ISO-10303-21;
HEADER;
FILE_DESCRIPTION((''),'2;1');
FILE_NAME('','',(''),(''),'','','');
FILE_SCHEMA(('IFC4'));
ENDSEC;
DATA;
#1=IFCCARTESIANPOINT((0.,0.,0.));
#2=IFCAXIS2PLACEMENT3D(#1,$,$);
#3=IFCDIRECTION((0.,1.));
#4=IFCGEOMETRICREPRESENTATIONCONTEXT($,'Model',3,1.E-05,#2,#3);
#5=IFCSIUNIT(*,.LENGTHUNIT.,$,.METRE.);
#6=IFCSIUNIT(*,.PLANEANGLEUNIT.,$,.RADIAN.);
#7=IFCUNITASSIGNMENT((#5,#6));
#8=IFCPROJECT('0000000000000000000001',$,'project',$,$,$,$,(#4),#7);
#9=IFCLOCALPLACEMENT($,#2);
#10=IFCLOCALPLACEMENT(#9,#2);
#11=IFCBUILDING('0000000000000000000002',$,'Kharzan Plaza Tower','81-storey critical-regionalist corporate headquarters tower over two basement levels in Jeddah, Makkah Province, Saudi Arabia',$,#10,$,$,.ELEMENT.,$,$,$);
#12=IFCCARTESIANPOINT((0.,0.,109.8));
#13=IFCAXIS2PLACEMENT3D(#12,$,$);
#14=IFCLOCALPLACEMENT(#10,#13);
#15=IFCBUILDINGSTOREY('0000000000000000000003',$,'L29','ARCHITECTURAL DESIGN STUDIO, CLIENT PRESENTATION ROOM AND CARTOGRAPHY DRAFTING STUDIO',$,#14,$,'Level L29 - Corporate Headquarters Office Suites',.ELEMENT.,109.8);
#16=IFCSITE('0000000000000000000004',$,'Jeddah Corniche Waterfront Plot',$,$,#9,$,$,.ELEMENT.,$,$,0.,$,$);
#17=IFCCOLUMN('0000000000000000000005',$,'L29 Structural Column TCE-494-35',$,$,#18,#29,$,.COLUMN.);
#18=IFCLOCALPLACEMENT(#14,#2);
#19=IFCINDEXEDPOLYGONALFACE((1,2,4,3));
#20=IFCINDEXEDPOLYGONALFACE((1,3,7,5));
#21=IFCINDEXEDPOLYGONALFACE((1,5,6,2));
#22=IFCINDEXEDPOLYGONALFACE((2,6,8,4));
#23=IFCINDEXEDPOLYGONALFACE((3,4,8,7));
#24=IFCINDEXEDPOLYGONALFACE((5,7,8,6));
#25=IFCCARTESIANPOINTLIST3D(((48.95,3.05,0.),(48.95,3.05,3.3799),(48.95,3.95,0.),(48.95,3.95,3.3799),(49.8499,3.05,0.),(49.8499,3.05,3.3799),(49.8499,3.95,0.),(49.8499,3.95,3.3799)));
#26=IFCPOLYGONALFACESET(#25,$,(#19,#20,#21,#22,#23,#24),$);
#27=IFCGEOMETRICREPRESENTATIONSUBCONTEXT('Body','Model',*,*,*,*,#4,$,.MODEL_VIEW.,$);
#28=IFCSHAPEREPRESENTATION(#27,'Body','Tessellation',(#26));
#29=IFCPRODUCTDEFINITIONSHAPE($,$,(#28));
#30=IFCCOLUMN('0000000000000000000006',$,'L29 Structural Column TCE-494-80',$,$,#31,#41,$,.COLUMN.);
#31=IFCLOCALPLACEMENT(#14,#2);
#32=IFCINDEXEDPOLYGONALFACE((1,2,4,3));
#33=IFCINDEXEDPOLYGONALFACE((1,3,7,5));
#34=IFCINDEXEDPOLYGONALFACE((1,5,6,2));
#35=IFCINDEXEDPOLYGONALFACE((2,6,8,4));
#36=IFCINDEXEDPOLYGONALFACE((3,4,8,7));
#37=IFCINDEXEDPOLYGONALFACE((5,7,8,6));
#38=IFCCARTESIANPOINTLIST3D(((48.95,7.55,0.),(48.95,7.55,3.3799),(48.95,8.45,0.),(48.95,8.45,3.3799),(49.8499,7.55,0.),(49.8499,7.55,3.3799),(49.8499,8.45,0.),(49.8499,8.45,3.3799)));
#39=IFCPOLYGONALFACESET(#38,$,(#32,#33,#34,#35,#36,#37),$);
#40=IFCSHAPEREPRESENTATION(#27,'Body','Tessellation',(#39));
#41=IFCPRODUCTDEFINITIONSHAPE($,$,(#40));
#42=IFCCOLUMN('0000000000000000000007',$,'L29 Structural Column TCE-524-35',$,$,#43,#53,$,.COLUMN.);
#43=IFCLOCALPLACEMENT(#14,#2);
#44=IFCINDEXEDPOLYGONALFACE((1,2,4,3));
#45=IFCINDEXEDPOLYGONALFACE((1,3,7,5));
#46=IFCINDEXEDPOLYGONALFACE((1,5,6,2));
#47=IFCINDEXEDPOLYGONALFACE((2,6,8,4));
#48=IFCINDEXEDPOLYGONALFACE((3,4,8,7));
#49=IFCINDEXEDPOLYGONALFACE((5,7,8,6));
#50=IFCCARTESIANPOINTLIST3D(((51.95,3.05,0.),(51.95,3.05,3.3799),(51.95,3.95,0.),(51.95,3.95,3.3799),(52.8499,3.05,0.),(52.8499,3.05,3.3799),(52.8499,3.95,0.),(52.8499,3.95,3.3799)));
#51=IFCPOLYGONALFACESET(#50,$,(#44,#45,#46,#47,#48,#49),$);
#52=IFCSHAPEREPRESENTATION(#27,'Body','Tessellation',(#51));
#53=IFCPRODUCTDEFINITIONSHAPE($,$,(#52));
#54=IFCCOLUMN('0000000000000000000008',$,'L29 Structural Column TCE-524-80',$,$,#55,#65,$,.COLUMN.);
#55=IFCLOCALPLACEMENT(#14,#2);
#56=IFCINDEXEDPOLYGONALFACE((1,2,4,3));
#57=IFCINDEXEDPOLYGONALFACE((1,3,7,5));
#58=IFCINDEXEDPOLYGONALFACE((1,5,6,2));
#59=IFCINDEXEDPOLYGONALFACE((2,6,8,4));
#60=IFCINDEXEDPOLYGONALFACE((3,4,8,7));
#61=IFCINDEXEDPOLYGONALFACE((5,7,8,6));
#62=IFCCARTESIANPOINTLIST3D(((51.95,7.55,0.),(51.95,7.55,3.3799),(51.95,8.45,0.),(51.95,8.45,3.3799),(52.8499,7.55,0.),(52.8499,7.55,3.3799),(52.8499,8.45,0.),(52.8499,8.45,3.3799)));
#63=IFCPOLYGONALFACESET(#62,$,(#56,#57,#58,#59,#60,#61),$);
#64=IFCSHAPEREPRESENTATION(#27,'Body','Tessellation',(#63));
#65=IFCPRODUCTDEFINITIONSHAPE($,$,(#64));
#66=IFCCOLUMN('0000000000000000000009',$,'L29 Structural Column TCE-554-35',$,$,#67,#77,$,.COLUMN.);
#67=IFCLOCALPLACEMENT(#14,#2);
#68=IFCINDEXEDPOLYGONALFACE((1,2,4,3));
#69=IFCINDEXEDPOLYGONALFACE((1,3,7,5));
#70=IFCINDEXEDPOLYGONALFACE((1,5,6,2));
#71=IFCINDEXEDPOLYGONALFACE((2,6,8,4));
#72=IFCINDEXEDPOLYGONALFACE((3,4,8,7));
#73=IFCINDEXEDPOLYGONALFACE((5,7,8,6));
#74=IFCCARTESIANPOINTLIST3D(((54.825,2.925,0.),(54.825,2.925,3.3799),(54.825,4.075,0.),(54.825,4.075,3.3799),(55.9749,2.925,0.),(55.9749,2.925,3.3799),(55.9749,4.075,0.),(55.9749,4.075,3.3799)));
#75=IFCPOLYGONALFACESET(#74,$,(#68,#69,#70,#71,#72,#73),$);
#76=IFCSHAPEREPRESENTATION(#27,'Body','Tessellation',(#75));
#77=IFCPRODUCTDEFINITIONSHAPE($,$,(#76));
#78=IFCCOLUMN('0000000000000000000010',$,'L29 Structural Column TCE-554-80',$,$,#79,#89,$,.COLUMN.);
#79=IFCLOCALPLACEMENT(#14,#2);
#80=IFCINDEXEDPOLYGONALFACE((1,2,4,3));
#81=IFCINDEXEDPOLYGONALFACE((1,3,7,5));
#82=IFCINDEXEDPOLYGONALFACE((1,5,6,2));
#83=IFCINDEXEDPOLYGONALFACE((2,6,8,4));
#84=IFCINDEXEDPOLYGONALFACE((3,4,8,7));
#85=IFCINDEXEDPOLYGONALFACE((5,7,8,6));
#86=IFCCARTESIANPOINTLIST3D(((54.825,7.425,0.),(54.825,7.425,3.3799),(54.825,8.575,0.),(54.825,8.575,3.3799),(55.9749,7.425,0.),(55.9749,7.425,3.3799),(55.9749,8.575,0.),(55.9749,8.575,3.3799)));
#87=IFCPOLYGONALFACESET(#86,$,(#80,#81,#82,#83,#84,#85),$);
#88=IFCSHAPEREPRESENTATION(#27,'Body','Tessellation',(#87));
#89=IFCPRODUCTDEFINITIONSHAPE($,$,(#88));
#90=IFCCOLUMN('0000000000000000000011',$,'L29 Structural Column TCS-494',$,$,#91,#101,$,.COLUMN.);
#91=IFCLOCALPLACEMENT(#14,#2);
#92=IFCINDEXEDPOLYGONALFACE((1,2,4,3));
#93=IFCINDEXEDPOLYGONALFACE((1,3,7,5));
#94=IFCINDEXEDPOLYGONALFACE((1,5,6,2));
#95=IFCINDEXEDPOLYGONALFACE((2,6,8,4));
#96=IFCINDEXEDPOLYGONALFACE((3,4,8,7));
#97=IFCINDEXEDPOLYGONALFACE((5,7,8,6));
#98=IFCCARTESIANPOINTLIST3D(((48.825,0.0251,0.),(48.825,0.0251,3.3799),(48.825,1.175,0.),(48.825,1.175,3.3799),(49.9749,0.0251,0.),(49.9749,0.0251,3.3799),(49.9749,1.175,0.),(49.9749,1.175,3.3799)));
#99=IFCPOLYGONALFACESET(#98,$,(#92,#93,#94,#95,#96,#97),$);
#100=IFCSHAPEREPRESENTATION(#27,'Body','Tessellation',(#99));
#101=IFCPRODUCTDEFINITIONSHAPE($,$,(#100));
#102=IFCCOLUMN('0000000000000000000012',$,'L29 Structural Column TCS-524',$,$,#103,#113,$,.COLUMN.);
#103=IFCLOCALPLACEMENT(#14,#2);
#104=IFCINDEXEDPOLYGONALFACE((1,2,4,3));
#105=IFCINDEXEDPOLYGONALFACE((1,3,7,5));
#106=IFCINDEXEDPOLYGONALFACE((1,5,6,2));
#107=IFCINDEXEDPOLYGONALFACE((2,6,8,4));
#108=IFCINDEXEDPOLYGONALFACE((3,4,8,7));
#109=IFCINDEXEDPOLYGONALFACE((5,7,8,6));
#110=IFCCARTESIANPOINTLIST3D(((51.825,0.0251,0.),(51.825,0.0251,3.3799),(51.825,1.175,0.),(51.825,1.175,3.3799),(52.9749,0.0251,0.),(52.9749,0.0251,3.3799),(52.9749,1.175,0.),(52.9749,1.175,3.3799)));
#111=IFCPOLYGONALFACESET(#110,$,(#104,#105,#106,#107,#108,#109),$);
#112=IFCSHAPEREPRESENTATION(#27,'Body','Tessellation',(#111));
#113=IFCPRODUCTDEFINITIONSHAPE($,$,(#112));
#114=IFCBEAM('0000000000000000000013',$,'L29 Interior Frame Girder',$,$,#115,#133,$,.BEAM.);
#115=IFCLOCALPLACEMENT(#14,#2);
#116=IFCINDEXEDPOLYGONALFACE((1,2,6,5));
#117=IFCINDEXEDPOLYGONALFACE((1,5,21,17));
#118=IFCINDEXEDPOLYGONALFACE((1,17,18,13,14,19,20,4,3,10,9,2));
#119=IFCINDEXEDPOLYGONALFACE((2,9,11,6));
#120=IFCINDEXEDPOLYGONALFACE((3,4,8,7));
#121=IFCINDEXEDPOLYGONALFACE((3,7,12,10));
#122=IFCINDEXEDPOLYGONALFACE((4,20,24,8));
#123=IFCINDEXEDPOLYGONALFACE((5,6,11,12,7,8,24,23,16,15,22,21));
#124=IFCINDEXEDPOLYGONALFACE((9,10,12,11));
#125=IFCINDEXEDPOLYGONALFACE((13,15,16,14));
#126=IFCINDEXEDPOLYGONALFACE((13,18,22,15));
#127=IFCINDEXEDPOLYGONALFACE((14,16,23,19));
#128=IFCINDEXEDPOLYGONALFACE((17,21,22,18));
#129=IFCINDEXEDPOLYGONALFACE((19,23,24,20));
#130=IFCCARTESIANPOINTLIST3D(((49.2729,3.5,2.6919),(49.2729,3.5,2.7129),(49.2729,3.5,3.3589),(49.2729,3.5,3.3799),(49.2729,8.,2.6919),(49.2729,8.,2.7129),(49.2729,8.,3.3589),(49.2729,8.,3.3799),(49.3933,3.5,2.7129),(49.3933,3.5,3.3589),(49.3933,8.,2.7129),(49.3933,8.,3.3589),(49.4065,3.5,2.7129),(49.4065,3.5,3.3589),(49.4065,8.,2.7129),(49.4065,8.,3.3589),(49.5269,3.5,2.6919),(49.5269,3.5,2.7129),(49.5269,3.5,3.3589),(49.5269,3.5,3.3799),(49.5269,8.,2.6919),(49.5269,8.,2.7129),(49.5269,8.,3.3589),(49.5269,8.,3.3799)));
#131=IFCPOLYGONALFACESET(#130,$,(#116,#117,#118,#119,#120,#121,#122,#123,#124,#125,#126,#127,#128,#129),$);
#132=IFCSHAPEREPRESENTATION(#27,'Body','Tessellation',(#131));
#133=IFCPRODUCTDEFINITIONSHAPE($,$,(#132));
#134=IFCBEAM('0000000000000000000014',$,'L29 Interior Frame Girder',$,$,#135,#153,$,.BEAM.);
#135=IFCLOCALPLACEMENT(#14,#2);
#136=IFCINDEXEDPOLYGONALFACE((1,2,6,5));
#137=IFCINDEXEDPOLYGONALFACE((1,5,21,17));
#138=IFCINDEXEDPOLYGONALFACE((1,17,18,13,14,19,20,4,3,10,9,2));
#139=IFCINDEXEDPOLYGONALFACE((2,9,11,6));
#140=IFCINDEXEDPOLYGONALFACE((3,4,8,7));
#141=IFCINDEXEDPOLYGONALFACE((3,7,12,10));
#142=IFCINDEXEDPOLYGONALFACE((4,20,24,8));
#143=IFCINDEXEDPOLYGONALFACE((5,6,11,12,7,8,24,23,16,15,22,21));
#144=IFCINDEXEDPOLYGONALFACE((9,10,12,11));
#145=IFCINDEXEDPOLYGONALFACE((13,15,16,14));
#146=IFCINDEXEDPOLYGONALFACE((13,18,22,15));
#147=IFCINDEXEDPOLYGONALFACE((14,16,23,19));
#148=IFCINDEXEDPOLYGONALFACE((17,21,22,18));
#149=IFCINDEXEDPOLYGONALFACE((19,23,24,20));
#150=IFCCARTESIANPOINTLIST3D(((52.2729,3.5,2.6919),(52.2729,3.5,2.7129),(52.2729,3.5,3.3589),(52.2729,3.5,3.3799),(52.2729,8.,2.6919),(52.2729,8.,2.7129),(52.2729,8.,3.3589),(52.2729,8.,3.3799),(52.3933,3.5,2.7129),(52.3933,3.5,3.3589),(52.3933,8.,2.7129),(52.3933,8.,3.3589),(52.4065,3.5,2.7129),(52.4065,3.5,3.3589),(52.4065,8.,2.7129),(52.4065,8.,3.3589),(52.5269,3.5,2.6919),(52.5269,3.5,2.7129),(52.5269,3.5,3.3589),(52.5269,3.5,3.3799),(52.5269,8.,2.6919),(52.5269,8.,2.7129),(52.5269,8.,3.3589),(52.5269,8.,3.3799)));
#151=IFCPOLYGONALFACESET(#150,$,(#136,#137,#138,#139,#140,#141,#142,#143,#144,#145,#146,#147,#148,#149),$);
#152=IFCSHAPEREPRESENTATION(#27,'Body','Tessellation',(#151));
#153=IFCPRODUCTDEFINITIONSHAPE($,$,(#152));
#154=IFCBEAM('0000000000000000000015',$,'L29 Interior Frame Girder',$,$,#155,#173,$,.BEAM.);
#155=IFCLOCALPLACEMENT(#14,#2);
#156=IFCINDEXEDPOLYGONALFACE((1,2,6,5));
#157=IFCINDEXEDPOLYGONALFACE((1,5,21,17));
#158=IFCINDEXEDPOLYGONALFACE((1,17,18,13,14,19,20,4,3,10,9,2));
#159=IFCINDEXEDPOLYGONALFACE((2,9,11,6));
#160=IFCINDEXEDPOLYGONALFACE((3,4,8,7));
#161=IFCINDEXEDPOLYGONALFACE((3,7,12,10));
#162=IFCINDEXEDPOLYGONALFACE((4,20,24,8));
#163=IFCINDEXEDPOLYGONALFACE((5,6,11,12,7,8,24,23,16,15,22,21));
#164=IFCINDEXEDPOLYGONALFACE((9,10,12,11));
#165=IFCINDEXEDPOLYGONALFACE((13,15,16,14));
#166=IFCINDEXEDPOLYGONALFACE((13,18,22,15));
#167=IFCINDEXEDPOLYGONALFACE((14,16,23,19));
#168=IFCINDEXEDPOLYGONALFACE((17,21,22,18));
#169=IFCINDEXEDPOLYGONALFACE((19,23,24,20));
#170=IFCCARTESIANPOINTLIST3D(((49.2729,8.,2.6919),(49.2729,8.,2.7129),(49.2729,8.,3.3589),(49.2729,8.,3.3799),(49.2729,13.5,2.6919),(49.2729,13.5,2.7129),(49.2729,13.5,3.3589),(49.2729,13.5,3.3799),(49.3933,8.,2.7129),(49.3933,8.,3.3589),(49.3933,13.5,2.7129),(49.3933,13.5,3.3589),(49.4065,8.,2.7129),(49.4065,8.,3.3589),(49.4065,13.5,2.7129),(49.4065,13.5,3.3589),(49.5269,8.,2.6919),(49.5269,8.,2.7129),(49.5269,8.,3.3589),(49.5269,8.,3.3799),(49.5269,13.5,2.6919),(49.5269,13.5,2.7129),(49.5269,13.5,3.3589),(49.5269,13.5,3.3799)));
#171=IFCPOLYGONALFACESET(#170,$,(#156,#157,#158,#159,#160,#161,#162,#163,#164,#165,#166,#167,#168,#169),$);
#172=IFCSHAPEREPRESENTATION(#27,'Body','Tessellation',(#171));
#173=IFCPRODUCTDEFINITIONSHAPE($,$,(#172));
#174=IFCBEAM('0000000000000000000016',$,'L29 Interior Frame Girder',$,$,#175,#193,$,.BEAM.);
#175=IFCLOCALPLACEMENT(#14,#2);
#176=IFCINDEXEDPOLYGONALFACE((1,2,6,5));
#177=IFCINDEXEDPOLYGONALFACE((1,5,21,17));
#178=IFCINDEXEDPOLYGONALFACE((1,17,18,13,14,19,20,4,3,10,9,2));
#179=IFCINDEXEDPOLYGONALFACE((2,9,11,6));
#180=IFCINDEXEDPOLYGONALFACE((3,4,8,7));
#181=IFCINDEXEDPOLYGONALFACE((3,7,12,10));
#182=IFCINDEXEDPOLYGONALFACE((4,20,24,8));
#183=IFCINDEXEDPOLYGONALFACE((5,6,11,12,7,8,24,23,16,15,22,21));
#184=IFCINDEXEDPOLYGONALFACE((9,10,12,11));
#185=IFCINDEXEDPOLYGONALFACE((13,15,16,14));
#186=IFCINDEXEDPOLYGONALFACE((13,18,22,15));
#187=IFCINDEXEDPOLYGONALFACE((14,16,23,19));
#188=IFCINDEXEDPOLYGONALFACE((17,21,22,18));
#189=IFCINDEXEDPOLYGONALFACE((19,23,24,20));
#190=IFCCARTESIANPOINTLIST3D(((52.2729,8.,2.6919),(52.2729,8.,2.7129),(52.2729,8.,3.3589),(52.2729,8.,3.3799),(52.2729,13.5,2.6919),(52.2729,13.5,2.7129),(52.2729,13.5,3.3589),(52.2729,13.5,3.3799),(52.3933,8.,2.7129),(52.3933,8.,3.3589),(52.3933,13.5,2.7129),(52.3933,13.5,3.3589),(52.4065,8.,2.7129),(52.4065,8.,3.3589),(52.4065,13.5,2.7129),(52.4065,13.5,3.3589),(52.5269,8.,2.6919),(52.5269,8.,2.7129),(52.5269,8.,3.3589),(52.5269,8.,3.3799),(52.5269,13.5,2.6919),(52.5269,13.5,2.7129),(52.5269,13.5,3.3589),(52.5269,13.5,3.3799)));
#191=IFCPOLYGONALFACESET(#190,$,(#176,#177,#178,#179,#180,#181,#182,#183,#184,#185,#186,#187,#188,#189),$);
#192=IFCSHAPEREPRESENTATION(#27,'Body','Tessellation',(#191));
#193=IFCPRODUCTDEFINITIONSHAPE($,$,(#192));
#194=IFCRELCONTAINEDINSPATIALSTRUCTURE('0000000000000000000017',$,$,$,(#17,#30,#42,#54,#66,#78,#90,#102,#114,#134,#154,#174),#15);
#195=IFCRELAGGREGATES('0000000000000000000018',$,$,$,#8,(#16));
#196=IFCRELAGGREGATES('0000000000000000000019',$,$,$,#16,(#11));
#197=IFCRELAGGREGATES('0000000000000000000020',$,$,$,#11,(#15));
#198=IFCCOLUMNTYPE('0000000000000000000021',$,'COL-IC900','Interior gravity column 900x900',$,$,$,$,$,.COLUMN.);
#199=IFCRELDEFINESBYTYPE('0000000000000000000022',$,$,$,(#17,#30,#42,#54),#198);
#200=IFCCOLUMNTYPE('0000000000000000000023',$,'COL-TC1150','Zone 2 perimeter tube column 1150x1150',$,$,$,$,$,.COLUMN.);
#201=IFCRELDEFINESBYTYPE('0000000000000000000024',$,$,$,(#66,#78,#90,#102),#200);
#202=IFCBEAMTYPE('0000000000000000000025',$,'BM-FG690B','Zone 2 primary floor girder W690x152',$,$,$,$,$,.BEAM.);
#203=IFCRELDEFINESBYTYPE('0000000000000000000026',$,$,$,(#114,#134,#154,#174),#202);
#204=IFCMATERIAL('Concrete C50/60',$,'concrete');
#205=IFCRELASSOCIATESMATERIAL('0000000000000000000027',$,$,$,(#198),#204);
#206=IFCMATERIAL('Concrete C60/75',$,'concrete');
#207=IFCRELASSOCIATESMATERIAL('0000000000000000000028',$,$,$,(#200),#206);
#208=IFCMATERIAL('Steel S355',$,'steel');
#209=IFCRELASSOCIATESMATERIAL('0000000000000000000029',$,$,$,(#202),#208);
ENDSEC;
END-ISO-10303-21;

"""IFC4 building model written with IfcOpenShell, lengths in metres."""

from ifc_helpers import new_model, si_unit, direction, frame, origin, origin_2d, place, context, subcontext, project, spatial, rectangle, i_section, extrude, source, transform, mapped, material, material_profile, profile_set, type_object, element, save


model = new_model("IFC4")

# Units and contexts
model_context = context("Model", 3, precision=1e-05, world=origin(), true_north=direction((0.0, 1.0)))
body_context = subcontext(model_context, "Body", "Model", "MODEL_VIEW")
ifc_project = project(units=[si_unit("LENGTHUNIT", "METRE"), si_unit("PLANEANGLEUNIT", "RADIAN")], contexts=[model_context])

# Site, building, storey
site_placement = place(None, origin())
site = spatial("IfcSite", under=ifc_project, at=site_placement, Name="Jeddah Corniche Waterfront Plot", CompositionType="ELEMENT", RefElevation=0.0)
building_placement = place(site_placement, origin())
building = spatial("IfcBuilding", under=site, at=building_placement, Name="Kharzan Plaza Tower", Description="81-storey critical-regionalist corporate headquarters tower over two basement levels in Jeddah, Makkah Province, Saudi Arabia", CompositionType="ELEMENT")
storey_placement = place(building_placement, frame((0.0, 0.0, 109.8)))
storey = spatial("IfcBuildingStorey", under=building, at=storey_placement, Name="L29", Description="ARCHITECTURAL DESIGN STUDIO, CLIENT PRESENTATION ROOM AND CARTOGRAPHY DRAFTING STUDIO", LongName="Level L29 - Corporate Headquarters Office Suites", CompositionType="ELEMENT", Elevation=109.8)

# Columns
ifc_material_1 = material(Name="Concrete C50/60", Category="concrete")
ifc_material_profile_1 = material_profile(ifc_material_1, rectangle(XDim=0.8999, YDim=0.8999, at=origin_2d()), Name="RC-IC900x900")
ifc_profile_set_1 = profile_set([ifc_material_profile_1], Name="Concrete C50/60")
column_type_1 = type_object("IfcColumnType", Name="COL-IC900", Description="Interior gravity column 900x900", PredefinedType="COLUMN", material=ifc_profile_set_1)
shared_shape_1 = source(origin(), body_context, "Body", "SweptSolid", [
    extrude(rectangle(XDim=0.8999, YDim=0.8999, at=origin_2d()), origin(), (0.0, 0.0, 1.0), 3.3799),
])
for number, where, z_axis, x_axis, name in (
    (1, (49.3999, 3.5, 0.0), (0.0, 0.0, 1.0), (1.0, 0.0, 0.0), "L29 Structural Column TCE-494-35"),
    (2, (49.3999, 8.0, 0.0), (0.0, 0.0, 1.0), (1.0, 0.0, 0.0), "L29 Structural Column TCE-494-80"),
    (3, (52.3999, 3.5, 0.0), (0.0, 0.0, 1.0), (1.0, 0.0, 0.0), "L29 Structural Column TCE-524-35"),
    (4, (52.3999, 8.0, 0.0), (0.0, 0.0, 1.0), (1.0, 0.0, 0.0), "L29 Structural Column TCE-524-80"),
):
    element("IfcColumn", number, at=place(storey_placement, frame(where, z_axis=z_axis, x_axis=x_axis)), inside=storey, type_object=column_type_1, Name=name, PredefinedType="COLUMN", context=body_context, shape_type="MappedRepresentation", body=[
        mapped(shared_shape_1, transform((0.0, 0.0, 0.0), x_axis=(1.0, 0.0, 0.0), y_axis=(0.0, 1.0, 0.0), z_axis=(0.0, 0.0, 1.0))),
    ])
ifc_material_2 = material(Name="Concrete C60/75", Category="concrete")
ifc_material_profile_2 = material_profile(ifc_material_2, rectangle(XDim=1.1499, YDim=1.1499, at=origin_2d()), Name="RC-TC1150x1150")
ifc_profile_set_2 = profile_set([ifc_material_profile_2], Name="Concrete C60/75")
column_type_2 = type_object("IfcColumnType", Name="COL-TC1150", Description="Zone 2 perimeter tube column 1150x1150", PredefinedType="COLUMN", material=ifc_profile_set_2)
shared_shape_2 = source(origin(), body_context, "Body", "SweptSolid", [
    extrude(rectangle(XDim=1.1499, YDim=1.1499, at=origin_2d()), origin(), (0.0, 0.0, 1.0), 3.3799),
])
for number, where, z_axis, x_axis, name in (
    (5, (55.3999, 3.5, 0.0), (0.0, 0.0, 1.0), (1.0, 0.0, 0.0), "L29 Structural Column TCE-554-35"),
    (6, (55.3999, 8.0, 0.0), (0.0, 0.0, 1.0), (1.0, 0.0, 0.0), "L29 Structural Column TCE-554-80"),
    (7, (49.3999, 0.6001, 0.0), (0.0, 0.0, 1.0), (1.0, 0.0, 0.0), "L29 Structural Column TCS-494"),
    (8, (52.3999, 0.6001, 0.0), (0.0, 0.0, 1.0), (1.0, 0.0, 0.0), "L29 Structural Column TCS-524"),
):
    element("IfcColumn", number, at=place(storey_placement, frame(where, z_axis=z_axis, x_axis=x_axis)), inside=storey, type_object=column_type_2, Name=name, PredefinedType="COLUMN", context=body_context, shape_type="MappedRepresentation", body=[
        mapped(shared_shape_2, transform((0.0, 0.0, 0.0), x_axis=(1.0, 0.0, 0.0), y_axis=(0.0, 1.0, 0.0), z_axis=(0.0, 0.0, 1.0))),
    ])

# Beams
ifc_material_3 = material(Name="Steel S355", Category="steel")
ifc_material_profile_3 = material_profile(ifc_material_3, i_section(OverallWidth=0.2539, OverallDepth=0.688, WebThickness=0.0132, FlangeThickness=0.021, at=origin_2d()), Name="W690x152")
ifc_profile_set_3 = profile_set([ifc_material_profile_3], Name="Steel S355")
beam_type_1 = type_object("IfcBeamType", Name="BM-FG690B", Description="Zone 2 primary floor girder W690x152", PredefinedType="BEAM", material=ifc_profile_set_3)
shared_shape_3 = source(origin(), body_context, "Body", "SweptSolid", [
    extrude(i_section(OverallWidth=0.2539, OverallDepth=0.688, WebThickness=0.0132, FlangeThickness=0.021, at=origin_2d()), origin(), (0.0, 0.0, 1.0), 4.5),
])
for number, where, z_axis, x_axis, name in (
    (9, (49.3999, 3.5, 3.0359), (0.0, 1.0, 0.0), (-1.0, 0.0, 0.0), "L29 Interior Frame Girder"),
    (10, (52.3999, 3.5, 3.0359), (0.0, 1.0, 0.0), (-1.0, 0.0, 0.0), "L29 Interior Frame Girder"),
):
    element("IfcBeam", number, at=place(storey_placement, frame(where, z_axis=z_axis, x_axis=x_axis)), inside=storey, type_object=beam_type_1, Name=name, PredefinedType="BEAM", context=body_context, shape_type="MappedRepresentation", body=[
        mapped(shared_shape_3, transform((0.0, 0.0, 0.0), x_axis=(1.0, 0.0, 0.0), y_axis=(0.0, 1.0, 0.0), z_axis=(0.0, 0.0, 1.0))),
    ])
shared_shape_4 = source(origin(), body_context, "Body", "SweptSolid", [
    extrude(i_section(OverallWidth=0.2539, OverallDepth=0.688, WebThickness=0.0132, FlangeThickness=0.021, at=origin_2d()), origin(), (0.0, 0.0, 1.0), 5.5),
])
for number, where, z_axis, x_axis, name in (
    (11, (49.3999, 8.0, 3.0359), (0.0, 1.0, 0.0), (-1.0, 0.0, 0.0), "L29 Interior Frame Girder"),
    (12, (52.3999, 8.0, 3.0359), (0.0, 1.0, 0.0), (-1.0, 0.0, 0.0), "L29 Interior Frame Girder"),
):
    element("IfcBeam", number, at=place(storey_placement, frame(where, z_axis=z_axis, x_axis=x_axis)), inside=storey, type_object=beam_type_1, Name=name, PredefinedType="BEAM", context=body_context, shape_type="MappedRepresentation", body=[
        mapped(shared_shape_4, transform((0.0, 0.0, 0.0), x_axis=(1.0, 0.0, 0.0), y_axis=(0.0, 1.0, 0.0), z_axis=(0.0, 0.0, 1.0))),
    ])

save(model, "model.ifc")
